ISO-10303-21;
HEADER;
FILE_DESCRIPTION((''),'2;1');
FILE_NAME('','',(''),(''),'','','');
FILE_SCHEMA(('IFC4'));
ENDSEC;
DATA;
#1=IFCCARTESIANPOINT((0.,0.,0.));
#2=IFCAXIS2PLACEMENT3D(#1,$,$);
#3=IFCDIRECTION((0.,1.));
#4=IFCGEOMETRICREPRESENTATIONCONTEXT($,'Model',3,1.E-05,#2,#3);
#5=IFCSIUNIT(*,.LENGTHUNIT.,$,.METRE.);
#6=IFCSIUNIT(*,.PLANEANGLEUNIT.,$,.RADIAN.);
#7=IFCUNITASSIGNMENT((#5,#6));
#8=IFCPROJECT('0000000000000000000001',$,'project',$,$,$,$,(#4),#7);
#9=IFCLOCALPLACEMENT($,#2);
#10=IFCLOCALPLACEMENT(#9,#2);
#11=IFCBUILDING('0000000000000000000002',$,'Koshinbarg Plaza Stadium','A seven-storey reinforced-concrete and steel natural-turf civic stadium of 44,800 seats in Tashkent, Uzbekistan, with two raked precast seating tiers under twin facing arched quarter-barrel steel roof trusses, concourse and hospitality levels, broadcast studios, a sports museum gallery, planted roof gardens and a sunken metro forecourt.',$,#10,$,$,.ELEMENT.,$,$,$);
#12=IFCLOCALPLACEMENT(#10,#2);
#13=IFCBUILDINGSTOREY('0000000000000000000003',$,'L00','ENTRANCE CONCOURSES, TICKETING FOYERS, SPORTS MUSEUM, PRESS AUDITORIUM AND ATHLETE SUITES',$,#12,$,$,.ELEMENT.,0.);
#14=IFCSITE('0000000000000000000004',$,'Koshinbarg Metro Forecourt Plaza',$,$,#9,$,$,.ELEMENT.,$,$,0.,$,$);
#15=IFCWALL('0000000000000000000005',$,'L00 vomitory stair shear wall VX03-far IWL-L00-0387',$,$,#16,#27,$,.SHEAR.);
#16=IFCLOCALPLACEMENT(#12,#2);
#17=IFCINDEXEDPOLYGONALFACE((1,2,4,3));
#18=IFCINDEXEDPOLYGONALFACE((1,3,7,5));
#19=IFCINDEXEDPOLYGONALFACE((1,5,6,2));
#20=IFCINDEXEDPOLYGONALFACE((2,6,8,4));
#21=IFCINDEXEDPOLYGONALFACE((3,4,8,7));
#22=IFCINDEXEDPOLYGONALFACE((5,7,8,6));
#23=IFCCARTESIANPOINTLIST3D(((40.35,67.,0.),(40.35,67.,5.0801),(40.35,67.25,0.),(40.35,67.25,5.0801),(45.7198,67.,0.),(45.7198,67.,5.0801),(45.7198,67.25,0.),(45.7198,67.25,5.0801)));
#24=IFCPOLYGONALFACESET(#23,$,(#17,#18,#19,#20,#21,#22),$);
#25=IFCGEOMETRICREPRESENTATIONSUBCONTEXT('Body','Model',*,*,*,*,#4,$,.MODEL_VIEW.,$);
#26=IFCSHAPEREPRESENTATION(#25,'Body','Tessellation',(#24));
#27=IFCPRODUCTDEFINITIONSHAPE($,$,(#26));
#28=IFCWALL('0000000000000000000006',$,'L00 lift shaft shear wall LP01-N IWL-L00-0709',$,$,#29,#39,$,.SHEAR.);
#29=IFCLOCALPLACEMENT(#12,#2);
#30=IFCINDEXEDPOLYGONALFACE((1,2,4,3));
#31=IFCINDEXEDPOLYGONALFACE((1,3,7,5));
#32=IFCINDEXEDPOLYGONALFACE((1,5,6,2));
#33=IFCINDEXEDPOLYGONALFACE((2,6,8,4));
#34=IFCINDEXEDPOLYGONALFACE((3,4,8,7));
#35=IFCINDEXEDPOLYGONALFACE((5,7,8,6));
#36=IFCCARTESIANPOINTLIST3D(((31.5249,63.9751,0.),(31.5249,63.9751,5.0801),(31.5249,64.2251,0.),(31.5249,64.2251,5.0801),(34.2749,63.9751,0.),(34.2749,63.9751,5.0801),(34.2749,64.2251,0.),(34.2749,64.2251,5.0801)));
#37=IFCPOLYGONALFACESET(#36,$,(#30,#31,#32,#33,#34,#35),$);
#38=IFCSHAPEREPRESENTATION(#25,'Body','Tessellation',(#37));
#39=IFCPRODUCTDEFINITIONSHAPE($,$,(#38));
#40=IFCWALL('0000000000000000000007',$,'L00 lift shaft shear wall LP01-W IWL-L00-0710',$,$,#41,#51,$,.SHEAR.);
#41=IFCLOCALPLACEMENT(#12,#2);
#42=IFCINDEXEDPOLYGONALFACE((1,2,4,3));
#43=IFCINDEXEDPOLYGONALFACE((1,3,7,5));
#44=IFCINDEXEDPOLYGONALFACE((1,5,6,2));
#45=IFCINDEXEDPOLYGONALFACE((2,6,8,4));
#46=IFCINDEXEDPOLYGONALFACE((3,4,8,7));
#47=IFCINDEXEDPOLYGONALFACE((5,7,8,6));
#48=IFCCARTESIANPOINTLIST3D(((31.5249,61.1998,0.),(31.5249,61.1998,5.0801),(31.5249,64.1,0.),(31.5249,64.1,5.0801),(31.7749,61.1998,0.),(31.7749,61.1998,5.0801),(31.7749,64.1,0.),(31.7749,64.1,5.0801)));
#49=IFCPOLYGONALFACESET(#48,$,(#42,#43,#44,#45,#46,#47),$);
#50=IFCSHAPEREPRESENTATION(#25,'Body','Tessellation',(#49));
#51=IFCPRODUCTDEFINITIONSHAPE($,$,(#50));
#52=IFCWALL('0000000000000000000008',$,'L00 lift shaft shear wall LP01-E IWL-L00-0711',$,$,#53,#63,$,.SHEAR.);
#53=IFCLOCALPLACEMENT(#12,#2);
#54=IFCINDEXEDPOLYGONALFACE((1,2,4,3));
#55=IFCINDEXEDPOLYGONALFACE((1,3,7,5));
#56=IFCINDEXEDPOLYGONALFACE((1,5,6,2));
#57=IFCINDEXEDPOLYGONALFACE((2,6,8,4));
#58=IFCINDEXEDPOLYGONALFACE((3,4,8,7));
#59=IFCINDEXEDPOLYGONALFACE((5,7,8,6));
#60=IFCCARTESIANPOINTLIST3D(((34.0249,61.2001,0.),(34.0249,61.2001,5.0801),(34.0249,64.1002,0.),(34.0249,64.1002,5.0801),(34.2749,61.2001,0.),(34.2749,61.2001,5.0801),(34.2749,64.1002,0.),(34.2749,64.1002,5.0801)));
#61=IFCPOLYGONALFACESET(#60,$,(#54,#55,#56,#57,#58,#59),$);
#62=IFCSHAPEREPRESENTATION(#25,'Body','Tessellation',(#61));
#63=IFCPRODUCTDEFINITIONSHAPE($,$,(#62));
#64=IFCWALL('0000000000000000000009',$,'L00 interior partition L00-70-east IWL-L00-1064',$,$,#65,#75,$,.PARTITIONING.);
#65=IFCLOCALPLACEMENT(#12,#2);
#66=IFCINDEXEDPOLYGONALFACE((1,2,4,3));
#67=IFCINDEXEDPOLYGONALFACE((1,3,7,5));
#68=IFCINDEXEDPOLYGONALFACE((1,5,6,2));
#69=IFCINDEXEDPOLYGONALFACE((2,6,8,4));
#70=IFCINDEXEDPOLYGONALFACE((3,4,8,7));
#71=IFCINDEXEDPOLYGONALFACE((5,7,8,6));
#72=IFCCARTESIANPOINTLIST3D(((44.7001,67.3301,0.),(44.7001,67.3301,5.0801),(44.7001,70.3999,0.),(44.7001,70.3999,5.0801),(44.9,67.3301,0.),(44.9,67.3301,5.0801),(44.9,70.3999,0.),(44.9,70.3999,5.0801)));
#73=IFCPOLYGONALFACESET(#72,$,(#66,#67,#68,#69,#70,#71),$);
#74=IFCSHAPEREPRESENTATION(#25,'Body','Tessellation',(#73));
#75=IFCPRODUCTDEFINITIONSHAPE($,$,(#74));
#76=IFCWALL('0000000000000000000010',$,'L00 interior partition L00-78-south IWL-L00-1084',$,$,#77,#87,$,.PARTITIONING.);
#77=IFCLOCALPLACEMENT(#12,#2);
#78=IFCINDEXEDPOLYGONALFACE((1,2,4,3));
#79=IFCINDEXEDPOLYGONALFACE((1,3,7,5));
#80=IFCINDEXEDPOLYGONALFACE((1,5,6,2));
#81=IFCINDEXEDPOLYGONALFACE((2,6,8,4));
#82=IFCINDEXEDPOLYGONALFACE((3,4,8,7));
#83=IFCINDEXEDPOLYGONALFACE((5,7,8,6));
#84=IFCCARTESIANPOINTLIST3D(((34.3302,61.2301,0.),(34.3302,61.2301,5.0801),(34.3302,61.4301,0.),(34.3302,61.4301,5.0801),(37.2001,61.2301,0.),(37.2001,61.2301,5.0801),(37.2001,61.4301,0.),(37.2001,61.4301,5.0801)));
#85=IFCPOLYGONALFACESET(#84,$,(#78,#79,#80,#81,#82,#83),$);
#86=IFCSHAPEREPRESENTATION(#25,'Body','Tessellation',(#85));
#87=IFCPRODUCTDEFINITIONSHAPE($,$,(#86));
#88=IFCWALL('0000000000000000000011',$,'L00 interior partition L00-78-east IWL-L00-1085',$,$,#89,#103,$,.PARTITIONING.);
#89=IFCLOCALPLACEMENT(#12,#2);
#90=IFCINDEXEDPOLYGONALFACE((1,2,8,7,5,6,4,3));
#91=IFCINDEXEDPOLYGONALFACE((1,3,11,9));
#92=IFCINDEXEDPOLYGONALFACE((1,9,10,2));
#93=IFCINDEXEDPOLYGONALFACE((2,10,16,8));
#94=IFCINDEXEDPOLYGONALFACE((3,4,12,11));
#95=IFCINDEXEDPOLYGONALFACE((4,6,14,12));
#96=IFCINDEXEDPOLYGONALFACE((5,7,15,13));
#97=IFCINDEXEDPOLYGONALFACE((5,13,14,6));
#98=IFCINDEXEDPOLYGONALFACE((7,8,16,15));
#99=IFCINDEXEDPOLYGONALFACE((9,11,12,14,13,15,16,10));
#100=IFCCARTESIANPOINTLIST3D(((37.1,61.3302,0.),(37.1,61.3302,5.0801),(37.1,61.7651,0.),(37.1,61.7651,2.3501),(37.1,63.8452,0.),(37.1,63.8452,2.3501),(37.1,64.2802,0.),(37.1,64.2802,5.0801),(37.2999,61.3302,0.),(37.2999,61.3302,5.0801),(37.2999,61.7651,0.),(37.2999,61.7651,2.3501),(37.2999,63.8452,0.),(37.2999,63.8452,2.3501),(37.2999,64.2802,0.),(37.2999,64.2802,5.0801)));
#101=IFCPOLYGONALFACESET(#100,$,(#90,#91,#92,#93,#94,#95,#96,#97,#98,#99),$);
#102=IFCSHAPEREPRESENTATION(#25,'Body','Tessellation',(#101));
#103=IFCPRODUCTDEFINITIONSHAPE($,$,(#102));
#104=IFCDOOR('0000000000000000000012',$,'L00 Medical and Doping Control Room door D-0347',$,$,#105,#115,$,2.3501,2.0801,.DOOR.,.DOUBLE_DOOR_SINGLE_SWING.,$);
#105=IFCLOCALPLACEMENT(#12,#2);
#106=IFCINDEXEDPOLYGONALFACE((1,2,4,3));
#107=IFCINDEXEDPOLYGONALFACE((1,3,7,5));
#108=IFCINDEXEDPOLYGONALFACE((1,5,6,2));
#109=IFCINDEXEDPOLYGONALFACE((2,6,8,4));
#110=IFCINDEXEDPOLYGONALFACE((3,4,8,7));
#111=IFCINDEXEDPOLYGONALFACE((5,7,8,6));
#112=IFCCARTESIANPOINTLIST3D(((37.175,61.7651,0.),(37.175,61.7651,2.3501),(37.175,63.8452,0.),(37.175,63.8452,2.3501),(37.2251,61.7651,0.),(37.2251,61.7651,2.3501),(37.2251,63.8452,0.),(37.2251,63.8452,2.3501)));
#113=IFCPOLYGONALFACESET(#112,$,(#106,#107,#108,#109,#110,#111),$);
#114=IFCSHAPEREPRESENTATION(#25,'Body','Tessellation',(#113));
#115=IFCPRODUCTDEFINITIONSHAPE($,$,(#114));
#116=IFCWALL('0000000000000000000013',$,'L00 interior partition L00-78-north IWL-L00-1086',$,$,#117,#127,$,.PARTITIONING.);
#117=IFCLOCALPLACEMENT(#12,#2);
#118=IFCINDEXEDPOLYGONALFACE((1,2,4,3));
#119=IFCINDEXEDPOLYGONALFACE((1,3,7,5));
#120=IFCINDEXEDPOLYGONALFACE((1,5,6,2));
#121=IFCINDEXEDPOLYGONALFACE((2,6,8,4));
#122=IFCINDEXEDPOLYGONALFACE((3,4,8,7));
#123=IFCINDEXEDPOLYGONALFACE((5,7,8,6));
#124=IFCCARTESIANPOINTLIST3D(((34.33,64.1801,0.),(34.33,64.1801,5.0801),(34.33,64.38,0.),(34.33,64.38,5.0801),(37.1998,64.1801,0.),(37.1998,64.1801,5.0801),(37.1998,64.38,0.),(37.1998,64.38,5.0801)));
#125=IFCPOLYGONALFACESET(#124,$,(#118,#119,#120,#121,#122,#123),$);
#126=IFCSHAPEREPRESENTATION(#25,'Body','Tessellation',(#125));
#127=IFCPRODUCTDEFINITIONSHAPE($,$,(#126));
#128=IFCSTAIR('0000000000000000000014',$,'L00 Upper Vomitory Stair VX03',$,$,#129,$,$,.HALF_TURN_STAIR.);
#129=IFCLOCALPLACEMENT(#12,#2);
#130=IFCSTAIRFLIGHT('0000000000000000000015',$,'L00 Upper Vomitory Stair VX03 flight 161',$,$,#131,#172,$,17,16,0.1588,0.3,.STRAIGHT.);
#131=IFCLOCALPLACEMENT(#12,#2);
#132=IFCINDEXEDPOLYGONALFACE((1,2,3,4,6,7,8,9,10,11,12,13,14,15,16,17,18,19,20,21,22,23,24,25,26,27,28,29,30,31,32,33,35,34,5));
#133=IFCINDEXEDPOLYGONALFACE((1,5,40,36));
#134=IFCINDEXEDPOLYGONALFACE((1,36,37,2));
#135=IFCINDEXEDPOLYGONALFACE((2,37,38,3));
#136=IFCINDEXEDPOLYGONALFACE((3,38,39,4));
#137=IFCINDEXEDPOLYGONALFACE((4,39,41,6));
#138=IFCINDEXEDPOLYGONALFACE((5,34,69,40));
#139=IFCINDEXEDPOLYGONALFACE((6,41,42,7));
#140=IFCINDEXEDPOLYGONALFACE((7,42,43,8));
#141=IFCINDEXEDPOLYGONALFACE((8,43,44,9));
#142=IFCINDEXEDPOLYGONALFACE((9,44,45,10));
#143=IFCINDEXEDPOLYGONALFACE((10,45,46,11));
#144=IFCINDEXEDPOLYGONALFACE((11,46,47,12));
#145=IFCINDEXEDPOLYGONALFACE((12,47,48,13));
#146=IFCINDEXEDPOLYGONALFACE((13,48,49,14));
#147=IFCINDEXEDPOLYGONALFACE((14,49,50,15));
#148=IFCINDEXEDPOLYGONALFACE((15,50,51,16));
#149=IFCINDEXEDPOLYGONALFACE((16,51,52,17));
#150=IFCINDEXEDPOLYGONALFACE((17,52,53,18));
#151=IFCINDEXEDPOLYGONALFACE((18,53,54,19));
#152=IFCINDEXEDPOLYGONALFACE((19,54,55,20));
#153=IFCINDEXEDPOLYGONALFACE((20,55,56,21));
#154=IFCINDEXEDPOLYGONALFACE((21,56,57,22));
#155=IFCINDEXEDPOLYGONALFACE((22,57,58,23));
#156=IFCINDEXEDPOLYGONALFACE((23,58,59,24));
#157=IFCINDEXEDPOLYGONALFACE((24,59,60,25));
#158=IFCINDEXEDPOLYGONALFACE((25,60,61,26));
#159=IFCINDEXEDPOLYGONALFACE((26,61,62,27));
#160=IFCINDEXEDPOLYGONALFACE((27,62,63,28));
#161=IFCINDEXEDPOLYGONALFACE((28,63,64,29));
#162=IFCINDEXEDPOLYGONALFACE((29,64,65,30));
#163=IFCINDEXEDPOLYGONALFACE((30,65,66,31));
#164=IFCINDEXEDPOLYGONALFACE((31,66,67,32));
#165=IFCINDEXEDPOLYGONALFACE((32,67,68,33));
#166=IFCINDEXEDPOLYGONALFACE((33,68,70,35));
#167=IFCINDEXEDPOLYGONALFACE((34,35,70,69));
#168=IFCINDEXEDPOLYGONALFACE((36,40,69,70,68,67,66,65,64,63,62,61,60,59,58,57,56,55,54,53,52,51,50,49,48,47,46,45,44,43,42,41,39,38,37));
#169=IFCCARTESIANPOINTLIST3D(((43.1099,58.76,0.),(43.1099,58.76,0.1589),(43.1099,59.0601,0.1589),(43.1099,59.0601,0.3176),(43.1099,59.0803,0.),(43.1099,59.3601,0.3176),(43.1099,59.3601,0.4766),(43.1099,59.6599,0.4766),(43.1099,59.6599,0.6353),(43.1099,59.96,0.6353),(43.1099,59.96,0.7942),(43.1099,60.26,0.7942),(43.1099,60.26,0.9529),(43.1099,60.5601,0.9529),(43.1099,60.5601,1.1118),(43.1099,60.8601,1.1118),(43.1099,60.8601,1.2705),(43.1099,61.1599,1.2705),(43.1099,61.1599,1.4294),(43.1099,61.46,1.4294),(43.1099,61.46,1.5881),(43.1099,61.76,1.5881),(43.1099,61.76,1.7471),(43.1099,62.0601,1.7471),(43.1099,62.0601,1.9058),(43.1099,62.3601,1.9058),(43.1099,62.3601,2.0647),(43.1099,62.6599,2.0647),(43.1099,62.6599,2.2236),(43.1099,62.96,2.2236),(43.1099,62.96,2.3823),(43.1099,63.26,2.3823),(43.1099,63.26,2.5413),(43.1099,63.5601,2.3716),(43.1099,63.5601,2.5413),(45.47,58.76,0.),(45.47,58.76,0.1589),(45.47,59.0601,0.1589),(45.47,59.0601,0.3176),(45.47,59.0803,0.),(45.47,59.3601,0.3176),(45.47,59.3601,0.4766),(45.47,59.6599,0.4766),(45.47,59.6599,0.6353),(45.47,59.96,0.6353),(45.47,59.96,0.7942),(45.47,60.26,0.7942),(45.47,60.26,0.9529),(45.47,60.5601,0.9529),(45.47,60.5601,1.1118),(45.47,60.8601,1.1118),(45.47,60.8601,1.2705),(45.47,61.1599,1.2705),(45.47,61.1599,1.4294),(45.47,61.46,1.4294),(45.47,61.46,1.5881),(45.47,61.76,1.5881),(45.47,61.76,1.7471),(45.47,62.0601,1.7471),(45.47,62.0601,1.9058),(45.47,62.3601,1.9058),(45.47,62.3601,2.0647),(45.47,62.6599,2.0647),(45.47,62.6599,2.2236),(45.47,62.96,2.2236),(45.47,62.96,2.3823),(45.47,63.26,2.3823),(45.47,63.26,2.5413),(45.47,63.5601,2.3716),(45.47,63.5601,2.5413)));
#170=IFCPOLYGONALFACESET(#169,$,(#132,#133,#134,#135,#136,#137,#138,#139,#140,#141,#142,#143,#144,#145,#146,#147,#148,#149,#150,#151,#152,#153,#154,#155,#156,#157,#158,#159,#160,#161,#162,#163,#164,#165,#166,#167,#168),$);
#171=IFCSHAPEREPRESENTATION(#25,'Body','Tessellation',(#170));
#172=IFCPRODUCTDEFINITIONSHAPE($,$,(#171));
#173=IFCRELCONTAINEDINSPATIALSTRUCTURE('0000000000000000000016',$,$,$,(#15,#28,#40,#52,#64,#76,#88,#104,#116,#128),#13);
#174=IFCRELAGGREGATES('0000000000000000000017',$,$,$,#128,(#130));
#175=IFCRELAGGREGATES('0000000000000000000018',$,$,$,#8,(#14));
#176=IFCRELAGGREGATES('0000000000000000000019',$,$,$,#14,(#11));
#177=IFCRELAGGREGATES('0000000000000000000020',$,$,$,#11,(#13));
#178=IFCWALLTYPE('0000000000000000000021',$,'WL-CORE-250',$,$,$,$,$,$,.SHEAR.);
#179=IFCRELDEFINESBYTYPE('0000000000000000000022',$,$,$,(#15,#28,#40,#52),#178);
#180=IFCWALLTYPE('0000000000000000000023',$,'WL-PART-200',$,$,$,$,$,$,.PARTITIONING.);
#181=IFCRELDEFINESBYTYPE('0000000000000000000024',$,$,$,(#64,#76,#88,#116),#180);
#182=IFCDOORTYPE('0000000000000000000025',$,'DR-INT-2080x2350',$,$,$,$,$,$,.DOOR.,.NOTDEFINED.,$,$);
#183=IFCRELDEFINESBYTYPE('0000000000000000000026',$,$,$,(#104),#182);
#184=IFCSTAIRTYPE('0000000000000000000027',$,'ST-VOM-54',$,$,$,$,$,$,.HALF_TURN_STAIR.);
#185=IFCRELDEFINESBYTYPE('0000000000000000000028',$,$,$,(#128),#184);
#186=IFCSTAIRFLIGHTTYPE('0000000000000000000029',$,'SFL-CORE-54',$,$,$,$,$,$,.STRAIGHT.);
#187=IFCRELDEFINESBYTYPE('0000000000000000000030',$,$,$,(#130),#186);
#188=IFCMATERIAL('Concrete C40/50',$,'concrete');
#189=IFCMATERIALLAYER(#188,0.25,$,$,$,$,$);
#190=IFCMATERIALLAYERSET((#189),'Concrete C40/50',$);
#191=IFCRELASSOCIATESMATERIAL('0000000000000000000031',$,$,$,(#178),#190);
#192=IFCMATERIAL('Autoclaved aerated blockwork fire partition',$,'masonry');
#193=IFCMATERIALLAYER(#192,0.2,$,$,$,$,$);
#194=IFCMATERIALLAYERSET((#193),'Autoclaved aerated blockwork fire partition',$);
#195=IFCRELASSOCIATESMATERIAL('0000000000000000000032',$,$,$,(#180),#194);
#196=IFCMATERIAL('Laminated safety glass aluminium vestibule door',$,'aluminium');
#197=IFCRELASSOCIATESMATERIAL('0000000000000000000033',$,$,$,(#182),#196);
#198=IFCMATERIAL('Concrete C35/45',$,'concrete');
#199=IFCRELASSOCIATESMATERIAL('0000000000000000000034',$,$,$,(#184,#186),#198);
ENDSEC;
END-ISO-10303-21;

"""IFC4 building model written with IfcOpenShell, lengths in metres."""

from ifc_helpers import new_model, si_unit, direction, frame, frame_2d, origin, place, context, subcontext, project, spatial, polyline, rectangle, outline, extrude, material, layer, layer_set, type_object, element, fill, aggregate, save


model = new_model("IFC4")

# Units and contexts
model_context = context("Model", 3, precision=1e-05, world=origin(), true_north=direction((0.0, 1.0)))
body_context = subcontext(model_context, "Body", "Model", "MODEL_VIEW")
ifc_project = project(units=[si_unit("LENGTHUNIT", "METRE"), si_unit("PLANEANGLEUNIT", "RADIAN")], contexts=[model_context])

# Site, building, storey
site_placement = place(None, origin())
site = spatial("IfcSite", under=ifc_project, at=site_placement, Name="Koshinbarg Metro Forecourt Plaza", CompositionType="ELEMENT", RefElevation=0.0)
building_placement = place(site_placement, origin())
building = spatial("IfcBuilding", under=site, at=building_placement, Name="Koshinbarg Plaza Stadium", Description="A seven-storey reinforced-concrete and steel natural-turf civic stadium of 44,800 seats in Tashkent, Uzbekistan, with two raked precast seating tiers under twin facing arched quarter-barrel steel roof trusses, concourse and hospitality levels, broadcast studios, a sports museum gallery, planted roof gardens and a sunken metro forecourt.", CompositionType="ELEMENT")
storey_placement = place(building_placement, origin())
storey = spatial("IfcBuildingStorey", under=building, at=storey_placement, Name="L00", Description="ENTRANCE CONCOURSES, TICKETING FOYERS, SPORTS MUSEUM, PRESS AUDITORIUM AND ATHLETE SUITES", CompositionType="ELEMENT", Elevation=0.0)

# Shared definitions
ifc_material_1 = material(Name="Concrete C35/45", Category="concrete")

# Shared definitions
ifc_material_2 = material(Name="Concrete C40/50", Category="concrete")

# Wall
ifc_layer_1 = layer(ifc_material_2, 0.25)
ifc_layer_set_1 = layer_set([ifc_layer_1], Name="Concrete C40/50")
wall_type_1 = type_object("IfcWallType", Name="WL-CORE-250", PredefinedType="SHEAR", material=ifc_layer_set_1)
wall_1_placement = place(storey_placement, frame((45.72, 67.125, 0.0), z_axis=(0.0, 0.0, 1.0), x_axis=(-1.0, 0.0, 0.0)))
element("IfcWall", 1, at=wall_1_placement, inside=storey, type_object=wall_type_1, Name="L00 vomitory stair shear wall VX03-far IWL-L00-0387", PredefinedType="SHEAR", context=body_context, shape_type="SweptSolid", body=[
    extrude(rectangle(XDim=5.3699, YDim=0.25, at=frame_2d((2.6851, 0.0))), origin(), (0.0, 0.0, 1.0), 5.0801),
])

# Walls
wall_2_placement = place(storey_placement, frame((34.2749, 64.1001, 0.0), z_axis=(0.0, 0.0, 1.0), x_axis=(-1.0, 0.0, 0.0)))
element("IfcWall", 2, at=wall_2_placement, inside=storey, type_object=wall_type_1, Name="L00 lift shaft shear wall LP01-N IWL-L00-0709", PredefinedType="SHEAR", context=body_context, shape_type="SweptSolid", body=[
    extrude(rectangle(XDim=2.75, YDim=0.25, at=frame_2d((1.375, 0.0))), origin(), (0.0, 0.0, 1.0), 5.0801),
])
for number, where, z_axis, x_axis, name in (
    (3, (31.6499, 64.1001, 0.0), (0.0, 0.0, 1.0), (0.0, -1.0, 0.0), "L00 lift shaft shear wall LP01-W IWL-L00-0710"),
    (4, (34.1499, 61.2, 0.0), (0.0, 0.0, 1.0), (0.0, 1.0, 0.0), "L00 lift shaft shear wall LP01-E IWL-L00-0711"),
):
    element("IfcWall", number, at=place(storey_placement, frame(where, z_axis=z_axis, x_axis=x_axis)), inside=storey, type_object=wall_type_1, Name=name, PredefinedType="SHEAR", context=body_context, shape_type="SweptSolid", body=[
        extrude(rectangle(XDim=2.9001, YDim=0.25, at=frame_2d((1.4502, 0.0))), origin(), (0.0, 0.0, 1.0), 5.0801),
    ])
ifc_material_3 = material(Name="Autoclaved aerated blockwork fire partition", Category="masonry")
ifc_layer_2 = layer(ifc_material_3, 0.2)
ifc_layer_set_2 = layer_set([ifc_layer_2], Name="Autoclaved aerated blockwork fire partition")
wall_type_2 = type_object("IfcWallType", Name="WL-PART-200", PredefinedType="PARTITIONING", material=ifc_layer_set_2)
wall_3_placement = place(storey_placement, frame((44.8, 67.3301, 0.0), z_axis=(0.0, 0.0, 1.0), x_axis=(0.0, 1.0, 0.0)))
element("IfcWall", 5, at=wall_3_placement, inside=storey, type_object=wall_type_2, Name="L00 interior partition L00-70-east IWL-L00-1064", PredefinedType="PARTITIONING", context=body_context, shape_type="SweptSolid", body=[
    extrude(rectangle(XDim=3.0698, YDim=0.2, at=frame_2d((1.5349, 0.0))), origin(), (0.0, 0.0, 1.0), 5.0801),
])
wall_4_placement = place(storey_placement, frame((34.3301, 61.3301, 0.0), z_axis=(0.0, 0.0, 1.0), x_axis=(1.0, 0.0, 0.0)))
element("IfcWall", 6, at=wall_4_placement, inside=storey, type_object=wall_type_2, Name="L00 interior partition L00-78-south IWL-L00-1084", PredefinedType="PARTITIONING", context=body_context, shape_type="SweptSolid", body=[
    extrude(rectangle(XDim=2.8699, YDim=0.2, at=frame_2d((1.4351, 0.0))), origin(), (0.0, 0.0, 1.0), 5.0801),
])

# Wall, opening, door
wall_5_placement = place(storey_placement, frame((37.2, 61.3301, 0.0), z_axis=(0.0, 0.0, 1.0), x_axis=(0.0, 1.0, 0.0)))
wall_5 = element("IfcWall", 7, at=wall_5_placement, inside=storey, type_object=wall_type_2, Name="L00 interior partition L00-78-east IWL-L00-1085", PredefinedType="PARTITIONING", context=body_context, shape_type="SweptSolid", body=[
    extrude(rectangle(XDim=2.95, YDim=0.2, at=frame_2d((1.4751, 0.0))), origin(), (0.0, 0.0, 1.0), 5.0801),
])
opening_1_placement = place(wall_5_placement, frame((0.4351, 0.0, 0.0)))
opening_1 = element("IfcOpeningElement", 8, at=opening_1_placement, cuts=wall_5, PredefinedType="OPENING", context=body_context, shape_type="SweptSolid", body=[
    extrude(rectangle(XDim=2.0801, YDim=2.3501, at=frame_2d((1.04, 1.175))), frame((0.0, 0.1099, 0.0), z_axis=(0.0, -1.0, 0.0), x_axis=(1.0, 0.0, 0.0)), (0.0, 0.0, 1.0), 0.22),
])
ifc_material_4 = material(Name="Laminated safety glass aluminium vestibule door", Category="aluminium")
door_type_1 = type_object("IfcDoorType", Name="DR-INT-2080x2350", OperationType="NOTDEFINED", PredefinedType="DOOR", material=ifc_material_4)
door_1_placement = place(opening_1_placement, origin())
door_1 = element("IfcDoor", 9, at=door_1_placement, inside=storey, type_object=door_type_1, Name="L00 Medical and Doping Control Room door D-0347", OperationType="DOUBLE_DOOR_SINGLE_SWING", OverallHeight=2.3501, OverallWidth=2.0801, PredefinedType="DOOR", context=body_context, shape_type="SweptSolid", body=[
    extrude(rectangle(XDim=2.0801, YDim=2.3501, at=frame_2d((1.04, 1.175))), frame((0.0, 0.0249, 0.0), z_axis=(0.0, -1.0, 0.0), x_axis=(1.0, 0.0, 0.0)), (0.0, 0.0, 1.0), 0.05),
])
fill(opening_1, door_1)

# Wall
wall_6_placement = place(storey_placement, frame((37.2, 64.28, 0.0), z_axis=(0.0, 0.0, 1.0), x_axis=(-1.0, 0.0, 0.0)))
element("IfcWall", 10, at=wall_6_placement, inside=storey, type_object=wall_type_2, Name="L00 interior partition L00-78-north IWL-L00-1086", PredefinedType="PARTITIONING", context=body_context, shape_type="SweptSolid", body=[
    extrude(rectangle(XDim=2.8699, YDim=0.2, at=frame_2d((1.4351, 0.0))), origin(), (0.0, 0.0, 1.0), 5.0801),
])

# Stair, stair flight
stair_type = type_object("IfcStairType", Name="ST-VOM-54", PredefinedType="HALF_TURN_STAIR", material=ifc_material_1)
stair_placement = place(storey_placement, origin())
stair = element("IfcStair", 11, at=stair_placement, inside=storey, type_object=stair_type, Name="L00 Upper Vomitory Stair VX03", PredefinedType="HALF_TURN_STAIR")
stair_flight_type = type_object("IfcStairFlightType", Name="SFL-CORE-54", PredefinedType="STRAIGHT", material=ifc_material_1)
stair_flight_1_placement = place(storey_placement, frame((44.29, 58.76, 0.0), z_axis=(0.0, 0.0, 1.0), x_axis=(0.0, 1.0, 0.0)))
stair_flight_1 = element("IfcStairFlight", 12, at=stair_flight_1_placement, type_object=stair_flight_type, Name="L00 Upper Vomitory Stair VX03 flight 161", NumberOfRisers=17, NumberOfTreads=16, PredefinedType="STRAIGHT", RiserHeight=0.1588, TreadLength=0.3, context=body_context, shape_type="SweptSolid", body=[
    extrude(outline(polyline([(0.0, 0.0), (0.0, 0.1589), (0.3, 0.1589), (0.3, 0.3176), (0.6001, 0.3176), (0.6001, 0.4766), (0.8999, 0.4766), (0.8999, 0.6353), (1.2, 0.6353), (1.2, 0.7942), (1.5, 0.7942), (1.5, 0.9529), (1.8, 0.9529), (1.8, 1.1118), (2.1001, 1.1118), (2.1001, 1.2705), (2.3999, 1.2705), (2.3999, 1.4294), (2.7, 1.4294), (2.7, 1.5881), (3.0, 1.5881), (3.0, 1.7471), (3.3, 1.7471), (3.3, 1.9058), (3.6001, 1.9058), (3.6001, 2.0647), (3.8999, 2.0647), (3.8999, 2.2236), (4.2, 2.2236), (4.2, 2.3823), (4.5, 2.3823), (4.5, 2.5413), (4.8, 2.5413), (4.8, 2.7), (4.8, 2.3716), (0.3203, 0.0), (0.0, 0.0)])), frame((0.0, 1.1802, 0.0), z_axis=(0.0, -1.0, 0.0), x_axis=(1.0, 0.0, 0.0)), (0.0, 0.0, 1.0), 2.3601),
])
aggregate(stair, [stair_flight_1])

save(model, "model.ifc")
